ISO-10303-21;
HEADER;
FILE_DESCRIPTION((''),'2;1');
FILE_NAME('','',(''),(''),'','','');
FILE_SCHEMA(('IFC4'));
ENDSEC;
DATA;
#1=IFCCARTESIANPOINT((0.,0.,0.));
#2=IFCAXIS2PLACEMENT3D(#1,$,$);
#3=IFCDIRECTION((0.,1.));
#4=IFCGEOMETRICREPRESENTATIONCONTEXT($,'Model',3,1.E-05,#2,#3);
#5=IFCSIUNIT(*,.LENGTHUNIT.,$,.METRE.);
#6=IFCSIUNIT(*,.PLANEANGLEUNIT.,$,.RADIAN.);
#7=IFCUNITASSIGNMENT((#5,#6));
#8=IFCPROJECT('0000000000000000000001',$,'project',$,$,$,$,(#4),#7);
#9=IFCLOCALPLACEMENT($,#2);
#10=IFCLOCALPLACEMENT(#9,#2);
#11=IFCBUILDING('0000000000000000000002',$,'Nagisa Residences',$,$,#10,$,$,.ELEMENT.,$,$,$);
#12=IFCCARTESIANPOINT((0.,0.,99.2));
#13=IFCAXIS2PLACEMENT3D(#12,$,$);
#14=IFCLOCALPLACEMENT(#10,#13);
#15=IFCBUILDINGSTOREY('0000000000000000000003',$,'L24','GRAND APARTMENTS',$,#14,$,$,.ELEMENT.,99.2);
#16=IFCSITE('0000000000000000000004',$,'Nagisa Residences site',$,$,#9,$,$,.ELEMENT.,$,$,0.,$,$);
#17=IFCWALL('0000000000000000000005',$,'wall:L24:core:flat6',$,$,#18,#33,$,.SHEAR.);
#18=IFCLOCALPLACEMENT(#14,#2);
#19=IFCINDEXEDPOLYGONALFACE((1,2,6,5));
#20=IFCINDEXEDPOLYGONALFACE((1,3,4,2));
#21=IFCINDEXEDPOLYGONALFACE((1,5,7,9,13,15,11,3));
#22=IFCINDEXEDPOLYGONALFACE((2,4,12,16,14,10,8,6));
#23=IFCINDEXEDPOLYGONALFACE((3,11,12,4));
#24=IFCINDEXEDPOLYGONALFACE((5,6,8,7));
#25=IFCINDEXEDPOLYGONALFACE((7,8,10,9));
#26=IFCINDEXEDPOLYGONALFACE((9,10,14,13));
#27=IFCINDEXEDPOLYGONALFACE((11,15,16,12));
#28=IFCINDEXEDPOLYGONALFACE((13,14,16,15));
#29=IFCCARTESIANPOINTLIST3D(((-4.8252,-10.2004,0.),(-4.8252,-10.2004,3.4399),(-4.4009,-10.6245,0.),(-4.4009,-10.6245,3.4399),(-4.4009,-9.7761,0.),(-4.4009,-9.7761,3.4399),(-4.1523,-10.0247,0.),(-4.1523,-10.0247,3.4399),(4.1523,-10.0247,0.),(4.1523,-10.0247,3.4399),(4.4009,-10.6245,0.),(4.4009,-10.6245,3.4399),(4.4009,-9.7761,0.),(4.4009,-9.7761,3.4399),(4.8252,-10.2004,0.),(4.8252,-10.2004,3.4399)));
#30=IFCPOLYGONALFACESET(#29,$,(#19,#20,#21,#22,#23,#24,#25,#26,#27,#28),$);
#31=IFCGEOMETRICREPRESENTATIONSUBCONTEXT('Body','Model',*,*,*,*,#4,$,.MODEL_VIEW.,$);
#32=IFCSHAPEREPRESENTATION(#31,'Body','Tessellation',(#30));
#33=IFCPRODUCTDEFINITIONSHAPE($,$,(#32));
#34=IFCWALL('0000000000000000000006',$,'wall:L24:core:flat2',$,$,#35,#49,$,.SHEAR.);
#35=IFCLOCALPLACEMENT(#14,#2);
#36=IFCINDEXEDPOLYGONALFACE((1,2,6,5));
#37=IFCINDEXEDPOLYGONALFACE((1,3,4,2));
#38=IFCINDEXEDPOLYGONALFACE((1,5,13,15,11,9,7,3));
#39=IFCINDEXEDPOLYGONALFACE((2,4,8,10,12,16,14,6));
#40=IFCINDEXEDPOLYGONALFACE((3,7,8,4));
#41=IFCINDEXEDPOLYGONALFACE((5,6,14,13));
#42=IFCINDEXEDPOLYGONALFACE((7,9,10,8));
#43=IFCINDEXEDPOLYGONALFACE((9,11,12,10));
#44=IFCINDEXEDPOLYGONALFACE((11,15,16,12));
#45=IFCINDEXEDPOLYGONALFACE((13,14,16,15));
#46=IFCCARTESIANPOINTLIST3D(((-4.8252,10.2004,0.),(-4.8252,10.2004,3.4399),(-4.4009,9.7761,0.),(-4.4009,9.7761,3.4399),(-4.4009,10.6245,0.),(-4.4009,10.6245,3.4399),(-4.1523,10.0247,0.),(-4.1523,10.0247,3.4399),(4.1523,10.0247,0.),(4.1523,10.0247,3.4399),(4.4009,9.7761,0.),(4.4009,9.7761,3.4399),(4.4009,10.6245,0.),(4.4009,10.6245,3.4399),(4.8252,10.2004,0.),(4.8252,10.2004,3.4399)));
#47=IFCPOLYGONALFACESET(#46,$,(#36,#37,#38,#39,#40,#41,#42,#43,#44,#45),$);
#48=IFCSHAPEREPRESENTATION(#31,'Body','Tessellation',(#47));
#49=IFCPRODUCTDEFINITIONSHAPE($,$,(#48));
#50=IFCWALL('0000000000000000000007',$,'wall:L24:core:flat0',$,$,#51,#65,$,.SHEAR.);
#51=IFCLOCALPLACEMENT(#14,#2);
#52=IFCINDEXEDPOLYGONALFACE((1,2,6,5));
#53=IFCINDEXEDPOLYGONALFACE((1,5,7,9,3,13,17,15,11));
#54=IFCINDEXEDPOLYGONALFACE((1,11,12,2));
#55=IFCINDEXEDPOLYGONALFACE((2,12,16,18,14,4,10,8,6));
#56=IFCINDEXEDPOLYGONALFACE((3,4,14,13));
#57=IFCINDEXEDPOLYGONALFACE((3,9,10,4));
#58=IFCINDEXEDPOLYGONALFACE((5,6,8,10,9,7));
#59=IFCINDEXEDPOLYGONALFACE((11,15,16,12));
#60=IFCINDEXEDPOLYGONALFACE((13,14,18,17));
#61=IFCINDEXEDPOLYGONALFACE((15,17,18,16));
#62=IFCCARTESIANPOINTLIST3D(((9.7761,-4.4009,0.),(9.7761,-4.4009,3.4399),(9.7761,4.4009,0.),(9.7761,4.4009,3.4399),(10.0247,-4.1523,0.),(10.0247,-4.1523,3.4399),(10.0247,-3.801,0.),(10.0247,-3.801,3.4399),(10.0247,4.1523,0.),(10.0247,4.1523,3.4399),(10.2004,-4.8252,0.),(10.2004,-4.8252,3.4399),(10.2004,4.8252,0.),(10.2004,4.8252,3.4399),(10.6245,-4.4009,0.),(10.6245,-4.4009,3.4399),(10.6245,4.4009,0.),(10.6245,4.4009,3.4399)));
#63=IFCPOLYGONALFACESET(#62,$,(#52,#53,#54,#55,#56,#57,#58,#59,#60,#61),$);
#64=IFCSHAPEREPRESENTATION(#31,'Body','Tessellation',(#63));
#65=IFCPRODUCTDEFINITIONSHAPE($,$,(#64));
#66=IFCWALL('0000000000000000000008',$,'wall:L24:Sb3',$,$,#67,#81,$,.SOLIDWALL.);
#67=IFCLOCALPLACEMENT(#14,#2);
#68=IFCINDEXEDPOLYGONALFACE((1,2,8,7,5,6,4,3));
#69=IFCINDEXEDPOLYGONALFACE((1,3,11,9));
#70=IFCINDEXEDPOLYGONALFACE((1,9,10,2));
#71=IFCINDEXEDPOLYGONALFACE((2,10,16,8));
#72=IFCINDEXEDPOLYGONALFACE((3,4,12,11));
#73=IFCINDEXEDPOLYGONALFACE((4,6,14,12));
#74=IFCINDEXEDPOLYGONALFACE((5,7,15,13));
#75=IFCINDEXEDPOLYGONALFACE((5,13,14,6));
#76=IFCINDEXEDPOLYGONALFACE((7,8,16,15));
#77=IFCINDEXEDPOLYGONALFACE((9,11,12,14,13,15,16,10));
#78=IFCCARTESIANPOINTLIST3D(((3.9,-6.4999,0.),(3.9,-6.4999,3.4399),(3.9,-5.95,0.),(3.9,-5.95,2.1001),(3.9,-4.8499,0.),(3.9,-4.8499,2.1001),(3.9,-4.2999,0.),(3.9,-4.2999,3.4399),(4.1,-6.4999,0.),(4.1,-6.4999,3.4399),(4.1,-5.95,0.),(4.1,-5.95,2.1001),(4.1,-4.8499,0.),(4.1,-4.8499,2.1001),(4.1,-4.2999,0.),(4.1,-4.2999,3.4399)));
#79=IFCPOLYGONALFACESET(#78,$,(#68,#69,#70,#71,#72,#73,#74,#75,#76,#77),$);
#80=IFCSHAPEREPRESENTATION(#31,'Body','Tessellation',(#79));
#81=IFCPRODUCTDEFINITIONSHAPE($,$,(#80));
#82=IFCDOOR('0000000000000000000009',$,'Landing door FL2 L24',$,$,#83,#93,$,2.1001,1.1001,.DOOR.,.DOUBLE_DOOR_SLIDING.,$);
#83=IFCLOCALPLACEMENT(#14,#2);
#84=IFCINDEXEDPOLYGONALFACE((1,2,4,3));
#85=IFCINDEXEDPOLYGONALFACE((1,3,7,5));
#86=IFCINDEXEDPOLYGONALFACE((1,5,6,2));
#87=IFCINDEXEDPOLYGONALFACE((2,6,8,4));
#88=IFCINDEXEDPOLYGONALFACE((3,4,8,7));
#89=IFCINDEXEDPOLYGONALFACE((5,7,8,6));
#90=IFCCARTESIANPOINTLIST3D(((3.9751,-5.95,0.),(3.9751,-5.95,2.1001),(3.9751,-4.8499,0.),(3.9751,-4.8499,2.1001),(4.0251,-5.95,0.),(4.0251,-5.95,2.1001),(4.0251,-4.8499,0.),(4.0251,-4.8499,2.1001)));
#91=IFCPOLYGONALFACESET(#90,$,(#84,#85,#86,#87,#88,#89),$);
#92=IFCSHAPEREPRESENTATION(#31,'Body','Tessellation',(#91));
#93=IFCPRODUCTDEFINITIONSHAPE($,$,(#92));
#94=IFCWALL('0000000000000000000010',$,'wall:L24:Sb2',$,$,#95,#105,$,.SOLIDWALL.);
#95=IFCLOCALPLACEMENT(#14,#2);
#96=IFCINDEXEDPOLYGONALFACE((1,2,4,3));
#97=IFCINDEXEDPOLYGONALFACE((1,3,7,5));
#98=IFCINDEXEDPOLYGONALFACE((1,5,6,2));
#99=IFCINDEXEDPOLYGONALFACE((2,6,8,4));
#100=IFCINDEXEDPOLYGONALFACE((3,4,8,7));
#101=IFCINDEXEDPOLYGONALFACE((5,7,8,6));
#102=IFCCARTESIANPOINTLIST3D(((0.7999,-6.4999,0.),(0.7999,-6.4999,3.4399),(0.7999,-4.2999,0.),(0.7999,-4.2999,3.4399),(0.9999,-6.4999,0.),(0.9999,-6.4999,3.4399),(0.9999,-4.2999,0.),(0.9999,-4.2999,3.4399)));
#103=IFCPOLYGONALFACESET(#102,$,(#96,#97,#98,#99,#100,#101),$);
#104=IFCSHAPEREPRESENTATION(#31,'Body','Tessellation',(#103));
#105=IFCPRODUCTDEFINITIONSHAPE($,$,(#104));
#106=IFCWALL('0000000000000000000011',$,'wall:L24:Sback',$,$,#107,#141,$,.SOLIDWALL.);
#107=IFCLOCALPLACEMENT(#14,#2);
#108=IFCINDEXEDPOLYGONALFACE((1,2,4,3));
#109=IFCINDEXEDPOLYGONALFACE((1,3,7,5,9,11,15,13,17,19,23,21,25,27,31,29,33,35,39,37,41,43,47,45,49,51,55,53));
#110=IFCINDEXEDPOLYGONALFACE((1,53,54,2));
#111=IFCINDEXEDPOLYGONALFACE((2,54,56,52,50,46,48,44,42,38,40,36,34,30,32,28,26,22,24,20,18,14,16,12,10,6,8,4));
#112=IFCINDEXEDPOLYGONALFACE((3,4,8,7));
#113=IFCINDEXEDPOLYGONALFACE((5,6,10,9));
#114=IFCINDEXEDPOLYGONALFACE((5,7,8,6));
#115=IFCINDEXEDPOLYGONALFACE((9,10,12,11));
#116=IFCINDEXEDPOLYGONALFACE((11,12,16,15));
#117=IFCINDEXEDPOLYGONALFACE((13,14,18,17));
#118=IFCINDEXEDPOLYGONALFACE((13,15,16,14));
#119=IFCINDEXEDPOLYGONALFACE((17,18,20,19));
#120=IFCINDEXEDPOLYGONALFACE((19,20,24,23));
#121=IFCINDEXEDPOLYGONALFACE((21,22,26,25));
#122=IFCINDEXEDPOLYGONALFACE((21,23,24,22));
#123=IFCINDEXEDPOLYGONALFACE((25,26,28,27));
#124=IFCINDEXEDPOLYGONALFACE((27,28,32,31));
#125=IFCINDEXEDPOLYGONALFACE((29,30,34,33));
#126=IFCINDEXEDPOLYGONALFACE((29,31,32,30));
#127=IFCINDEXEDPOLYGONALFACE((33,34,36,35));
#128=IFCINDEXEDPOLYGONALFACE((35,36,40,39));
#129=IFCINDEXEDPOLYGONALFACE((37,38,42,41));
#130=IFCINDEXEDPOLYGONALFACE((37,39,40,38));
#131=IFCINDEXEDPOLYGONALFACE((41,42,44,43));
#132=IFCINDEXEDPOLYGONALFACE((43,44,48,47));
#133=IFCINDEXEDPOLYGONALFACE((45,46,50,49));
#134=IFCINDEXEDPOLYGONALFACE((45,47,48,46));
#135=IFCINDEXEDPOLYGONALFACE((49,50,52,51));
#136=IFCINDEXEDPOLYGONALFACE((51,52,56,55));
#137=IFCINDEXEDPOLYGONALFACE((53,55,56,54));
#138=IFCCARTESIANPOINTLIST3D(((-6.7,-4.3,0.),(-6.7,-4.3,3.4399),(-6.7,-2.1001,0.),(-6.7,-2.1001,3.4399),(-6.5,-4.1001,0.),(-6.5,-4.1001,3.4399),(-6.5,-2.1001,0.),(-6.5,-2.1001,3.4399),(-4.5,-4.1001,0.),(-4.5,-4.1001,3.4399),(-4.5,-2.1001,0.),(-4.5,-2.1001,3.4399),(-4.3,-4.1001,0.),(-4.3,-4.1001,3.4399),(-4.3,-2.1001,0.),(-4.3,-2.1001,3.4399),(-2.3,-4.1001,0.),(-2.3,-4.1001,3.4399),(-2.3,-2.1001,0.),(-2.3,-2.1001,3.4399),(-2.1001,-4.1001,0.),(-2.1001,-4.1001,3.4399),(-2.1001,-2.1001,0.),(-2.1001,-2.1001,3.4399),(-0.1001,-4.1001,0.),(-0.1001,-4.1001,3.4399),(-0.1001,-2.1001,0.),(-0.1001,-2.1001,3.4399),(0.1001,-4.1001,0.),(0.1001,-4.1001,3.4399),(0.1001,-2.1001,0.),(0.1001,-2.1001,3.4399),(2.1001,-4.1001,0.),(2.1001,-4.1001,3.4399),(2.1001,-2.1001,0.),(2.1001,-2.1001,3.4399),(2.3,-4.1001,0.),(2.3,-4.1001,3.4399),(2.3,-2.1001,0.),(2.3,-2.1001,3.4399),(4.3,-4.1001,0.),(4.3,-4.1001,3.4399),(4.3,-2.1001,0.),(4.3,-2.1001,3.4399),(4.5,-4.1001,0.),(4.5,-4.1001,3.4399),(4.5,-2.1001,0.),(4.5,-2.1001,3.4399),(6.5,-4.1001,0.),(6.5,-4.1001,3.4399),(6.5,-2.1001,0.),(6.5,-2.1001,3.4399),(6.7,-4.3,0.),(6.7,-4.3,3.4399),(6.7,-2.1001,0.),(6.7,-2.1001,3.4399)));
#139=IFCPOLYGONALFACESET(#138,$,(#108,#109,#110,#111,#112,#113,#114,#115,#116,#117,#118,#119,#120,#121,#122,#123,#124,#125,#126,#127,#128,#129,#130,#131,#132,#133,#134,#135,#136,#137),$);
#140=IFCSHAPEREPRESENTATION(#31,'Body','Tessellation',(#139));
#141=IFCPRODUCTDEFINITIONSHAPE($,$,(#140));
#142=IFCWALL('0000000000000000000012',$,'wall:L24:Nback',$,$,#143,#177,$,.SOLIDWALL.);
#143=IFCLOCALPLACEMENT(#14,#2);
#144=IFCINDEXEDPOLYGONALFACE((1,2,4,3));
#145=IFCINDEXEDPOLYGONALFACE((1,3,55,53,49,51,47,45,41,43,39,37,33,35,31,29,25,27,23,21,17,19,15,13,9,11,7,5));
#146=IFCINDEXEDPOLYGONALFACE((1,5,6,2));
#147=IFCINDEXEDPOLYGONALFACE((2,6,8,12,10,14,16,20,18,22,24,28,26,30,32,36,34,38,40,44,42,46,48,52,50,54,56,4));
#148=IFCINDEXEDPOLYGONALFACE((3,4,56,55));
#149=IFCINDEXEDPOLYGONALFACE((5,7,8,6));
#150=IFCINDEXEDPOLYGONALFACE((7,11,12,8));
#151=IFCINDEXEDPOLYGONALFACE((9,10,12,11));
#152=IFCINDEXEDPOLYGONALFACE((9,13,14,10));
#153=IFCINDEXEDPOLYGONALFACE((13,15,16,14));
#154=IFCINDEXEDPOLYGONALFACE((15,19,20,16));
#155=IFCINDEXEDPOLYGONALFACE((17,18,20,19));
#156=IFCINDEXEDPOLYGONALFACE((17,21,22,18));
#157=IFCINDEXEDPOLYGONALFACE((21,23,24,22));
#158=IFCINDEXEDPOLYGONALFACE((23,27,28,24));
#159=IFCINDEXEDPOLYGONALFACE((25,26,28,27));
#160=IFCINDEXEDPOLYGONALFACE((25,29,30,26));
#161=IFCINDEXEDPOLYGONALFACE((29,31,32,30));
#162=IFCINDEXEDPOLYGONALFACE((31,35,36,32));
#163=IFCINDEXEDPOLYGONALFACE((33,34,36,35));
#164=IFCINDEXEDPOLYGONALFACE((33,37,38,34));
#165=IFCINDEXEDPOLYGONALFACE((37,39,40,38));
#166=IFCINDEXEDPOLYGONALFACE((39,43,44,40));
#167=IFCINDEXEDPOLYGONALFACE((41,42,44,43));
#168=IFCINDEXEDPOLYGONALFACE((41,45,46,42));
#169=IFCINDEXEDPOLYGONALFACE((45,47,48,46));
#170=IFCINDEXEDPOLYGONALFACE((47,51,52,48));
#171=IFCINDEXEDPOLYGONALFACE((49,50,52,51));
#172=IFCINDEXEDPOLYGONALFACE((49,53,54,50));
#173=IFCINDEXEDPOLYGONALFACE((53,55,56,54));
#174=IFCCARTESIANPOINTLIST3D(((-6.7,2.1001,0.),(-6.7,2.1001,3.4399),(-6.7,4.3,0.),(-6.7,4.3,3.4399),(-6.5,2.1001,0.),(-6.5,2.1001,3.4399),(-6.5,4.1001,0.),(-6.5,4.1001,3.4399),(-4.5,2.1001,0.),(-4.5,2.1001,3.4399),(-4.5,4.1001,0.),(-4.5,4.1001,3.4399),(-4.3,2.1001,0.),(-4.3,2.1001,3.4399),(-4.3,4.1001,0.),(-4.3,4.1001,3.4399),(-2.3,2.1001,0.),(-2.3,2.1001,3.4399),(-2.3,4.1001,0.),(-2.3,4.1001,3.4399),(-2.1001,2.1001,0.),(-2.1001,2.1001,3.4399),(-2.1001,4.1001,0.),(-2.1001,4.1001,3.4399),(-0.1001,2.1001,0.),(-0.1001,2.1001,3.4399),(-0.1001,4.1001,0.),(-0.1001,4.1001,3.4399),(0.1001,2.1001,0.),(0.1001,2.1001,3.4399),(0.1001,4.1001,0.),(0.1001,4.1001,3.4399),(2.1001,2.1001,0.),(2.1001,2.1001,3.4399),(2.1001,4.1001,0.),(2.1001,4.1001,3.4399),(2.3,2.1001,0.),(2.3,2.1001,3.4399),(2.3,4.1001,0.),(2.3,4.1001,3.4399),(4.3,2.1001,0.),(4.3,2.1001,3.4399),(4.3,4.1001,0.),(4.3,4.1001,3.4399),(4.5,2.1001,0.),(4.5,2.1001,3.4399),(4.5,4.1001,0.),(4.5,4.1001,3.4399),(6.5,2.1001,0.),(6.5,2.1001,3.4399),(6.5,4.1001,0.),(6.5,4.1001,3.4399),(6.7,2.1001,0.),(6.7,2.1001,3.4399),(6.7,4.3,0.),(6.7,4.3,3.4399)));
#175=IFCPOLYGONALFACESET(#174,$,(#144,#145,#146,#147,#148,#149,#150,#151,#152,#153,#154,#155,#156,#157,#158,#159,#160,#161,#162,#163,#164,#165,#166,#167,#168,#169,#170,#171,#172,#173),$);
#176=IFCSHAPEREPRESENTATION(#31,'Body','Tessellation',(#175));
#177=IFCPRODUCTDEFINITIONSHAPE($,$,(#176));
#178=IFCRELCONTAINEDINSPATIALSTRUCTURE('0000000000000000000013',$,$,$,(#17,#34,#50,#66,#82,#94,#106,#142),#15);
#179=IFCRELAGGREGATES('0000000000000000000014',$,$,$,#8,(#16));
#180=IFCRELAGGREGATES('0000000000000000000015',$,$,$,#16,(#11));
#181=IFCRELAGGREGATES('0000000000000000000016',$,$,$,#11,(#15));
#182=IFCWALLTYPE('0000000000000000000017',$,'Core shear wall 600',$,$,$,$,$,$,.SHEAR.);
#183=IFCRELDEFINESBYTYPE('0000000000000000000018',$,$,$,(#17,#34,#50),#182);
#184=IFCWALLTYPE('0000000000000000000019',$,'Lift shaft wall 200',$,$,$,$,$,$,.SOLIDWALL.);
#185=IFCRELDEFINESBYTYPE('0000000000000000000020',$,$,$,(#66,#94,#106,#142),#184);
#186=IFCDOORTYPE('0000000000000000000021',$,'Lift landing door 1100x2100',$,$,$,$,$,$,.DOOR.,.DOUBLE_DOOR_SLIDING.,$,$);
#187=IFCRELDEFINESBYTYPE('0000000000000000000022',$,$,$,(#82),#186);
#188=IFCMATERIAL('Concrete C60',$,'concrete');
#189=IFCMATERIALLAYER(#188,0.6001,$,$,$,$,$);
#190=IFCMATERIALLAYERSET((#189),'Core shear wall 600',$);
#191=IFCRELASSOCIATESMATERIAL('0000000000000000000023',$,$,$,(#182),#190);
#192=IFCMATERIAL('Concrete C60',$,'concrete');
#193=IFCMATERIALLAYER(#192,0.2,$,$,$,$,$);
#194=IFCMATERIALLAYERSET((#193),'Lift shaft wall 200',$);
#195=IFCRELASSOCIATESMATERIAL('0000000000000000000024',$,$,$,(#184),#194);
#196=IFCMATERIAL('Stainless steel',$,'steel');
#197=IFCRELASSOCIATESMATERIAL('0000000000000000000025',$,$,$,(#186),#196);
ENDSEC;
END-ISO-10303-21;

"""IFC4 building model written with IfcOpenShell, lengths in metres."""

from ifc_helpers import new_model, si_unit, direction, frame, frame_2d, origin, place, context, subcontext, project, spatial, polyline, rectangle, outline, extrude, material, layer, layer_set, type_object, element, fill, save


model = new_model("IFC4")

# Units and contexts
model_context = context("Model", 3, precision=1e-05, world=origin(), true_north=direction((0.0, 1.0)))
body_context = subcontext(model_context, "Body", "Model", "MODEL_VIEW")
ifc_project = project(units=[si_unit("LENGTHUNIT", "METRE"), si_unit("PLANEANGLEUNIT", "RADIAN")], contexts=[model_context])

# Site, building, storey
site_placement = place(None, origin())
site = spatial("IfcSite", under=ifc_project, at=site_placement, Name="Nagisa Residences site", CompositionType="ELEMENT", RefElevation=0.0)
building_placement = place(site_placement, origin())
building = spatial("IfcBuilding", under=site, at=building_placement, Name="Nagisa Residences", CompositionType="ELEMENT")
storey_placement = place(building_placement, frame((0.0, 0.0, 99.2)))
storey = spatial("IfcBuildingStorey", under=building, at=storey_placement, Name="L24", Description="GRAND APARTMENTS", CompositionType="ELEMENT", Elevation=99.2)

# Walls
ifc_material_1 = material(Name="Concrete C60", Category="concrete")
ifc_layer_1 = layer(ifc_material_1, 0.6001)
ifc_layer_set_1 = layer_set([ifc_layer_1], Name="Core shear wall 600")
wall_type_1 = type_object("IfcWallType", Name="Core shear wall 600", PredefinedType="SHEAR", material=ifc_layer_set_1)
wall_1_placement = place(storey_placement, origin())
element("IfcWall", 1, at=wall_1_placement, inside=storey, type_object=wall_type_1, Name="wall:L24:core:flat6", PredefinedType="SHEAR", context=body_context, shape_type="SweptSolid", body=[
    extrude(outline(polyline([(-4.1523, -10.0247), (4.1523, -10.0247), (4.4009, -9.7761), (4.8252, -10.2004), (4.4009, -10.6245), (-4.4009, -10.6245), (-4.8252, -10.2004), (-4.4009, -9.7761), (-4.1523, -10.0247)])), origin(), (0.0, 0.0, 1.0), 3.4399),
])
wall_2_placement = place(storey_placement, origin())
element("IfcWall", 2, at=wall_2_placement, inside=storey, type_object=wall_type_1, Name="wall:L24:core:flat2", PredefinedType="SHEAR", context=body_context, shape_type="SweptSolid", body=[
    extrude(outline(polyline([(-4.1523, 10.0247), (-4.4009, 9.7761), (-4.8252, 10.2004), (-4.4009, 10.6245), (4.4009, 10.6245), (4.8252, 10.2004), (4.4009, 9.7761), (4.1523, 10.0247), (-4.1523, 10.0247)])), origin(), (0.0, 0.0, 1.0), 3.4399),
])
wall_3_placement = place(storey_placement, origin())
element("IfcWall", 3, at=wall_3_placement, inside=storey, type_object=wall_type_1, Name="wall:L24:core:flat0", PredefinedType="SHEAR", context=body_context, shape_type="SweptSolid", body=[
    extrude(outline(polyline([(9.7761, -4.4009), (10.0247, -4.1523), (10.0247, -3.801), (10.0247, 4.1523), (9.7761, 4.4009), (10.2004, 4.8252), (10.6245, 4.4009), (10.6245, -4.4009), (10.2004, -4.8252), (9.7761, -4.4009)])), origin(), (0.0, 0.0, 1.0), 3.4399),
])

# Wall, opening, door
ifc_material_2 = material(Name="Concrete C60", Category="concrete")
ifc_layer_2 = layer(ifc_material_2, 0.2)
ifc_layer_set_2 = layer_set([ifc_layer_2], Name="Lift shaft wall 200")
wall_type_2 = type_object("IfcWallType", Name="Lift shaft wall 200", PredefinedType="SOLIDWALL", material=ifc_layer_set_2)
wall_4_placement = place(storey_placement, frame((4.0, -6.5, 0.0), z_axis=(0.0, 0.0, 1.0), x_axis=(0.0, 1.0, 0.0)))
wall_4 = element("IfcWall", 4, at=wall_4_placement, inside=storey, type_object=wall_type_2, Name="wall:L24:Sb3", PredefinedType="SOLIDWALL", context=body_context, shape_type="SweptSolid", body=[
    extrude(rectangle(XDim=2.2, YDim=0.2, at=frame_2d((1.1001, 0.0))), origin(), (0.0, 0.0, 1.0), 3.4399),
])
opening_1_placement = place(wall_4_placement, frame((0.55, 0.0, 0.0)))
opening_1 = element("IfcOpeningElement", 5, at=opening_1_placement, cuts=wall_4, PredefinedType="OPENING", context=body_context, shape_type="SweptSolid", body=[
    extrude(rectangle(XDim=1.1001, YDim=2.1001, at=frame_2d((0.55, 1.05))), frame((0.0, 0.1099, 0.0), z_axis=(0.0, -1.0, 0.0), x_axis=(1.0, 0.0, 0.0)), (0.0, 0.0, 1.0), 0.22),
])
ifc_material_3 = material(Name="Stainless steel", Category="steel")
door_type_1 = type_object("IfcDoorType", Name="Lift landing door 1100x2100", OperationType="DOUBLE_DOOR_SLIDING", PredefinedType="DOOR", material=ifc_material_3)
door_1_placement = place(opening_1_placement, origin())
door_1 = element("IfcDoor", 6, at=door_1_placement, inside=storey, type_object=door_type_1, Name="Landing door FL2 L24", OperationType="DOUBLE_DOOR_SLIDING", OverallHeight=2.1001, OverallWidth=1.1001, PredefinedType="DOOR", context=body_context, shape_type="SweptSolid", body=[
    extrude(rectangle(XDim=1.1001, YDim=2.1001, at=frame_2d((0.55, 1.05))), frame((0.0, 0.0249, 0.0), z_axis=(0.0, -1.0, 0.0), x_axis=(1.0, 0.0, 0.0)), (0.0, 0.0, 1.0), 0.05),
])
fill(opening_1, door_1)

# Walls
wall_5_placement = place(storey_placement, frame((0.8999, -6.5, 0.0), z_axis=(0.0, 0.0, 1.0), x_axis=(0.0, 1.0, 0.0)))
element("IfcWall", 7, at=wall_5_placement, inside=storey, type_object=wall_type_2, Name="wall:L24:Sb2", PredefinedType="SOLIDWALL", context=body_context, shape_type="SweptSolid", body=[
    extrude(rectangle(XDim=2.2, YDim=0.2, at=frame_2d((1.1001, 0.0))), origin(), (0.0, 0.0, 1.0), 3.4399),
])
wall_6_placement = place(storey_placement, origin())
element("IfcWall", 8, at=wall_6_placement, inside=storey, type_object=wall_type_2, Name="wall:L24:Sback", PredefinedType="SOLIDWALL", context=body_context, shape_type="SweptSolid", body=[
    extrude(outline(polyline([(-6.7, -2.1001), (-6.5, -2.1001), (-6.5, -4.1001), (-4.5, -4.1001), (-4.5, -2.1001), (-4.3, -2.1001), (-4.3, -4.1001), (-2.3, -4.1001), (-2.3, -2.1001), (-2.1001, -2.1001), (-2.1001, -4.1001), (-0.1001, -4.1001), (-0.1001, -2.1001), (0.1001, -2.1001), (0.1001, -4.1001), (2.1001, -4.1001), (2.1001, -2.1001), (2.3, -2.1001), (2.3, -4.1001), (4.3, -4.1001), (4.3, -2.1001), (4.5, -2.1001), (4.5, -4.1001), (6.5, -4.1001), (6.5, -2.1001), (6.7, -2.1001), (6.7, -4.3), (-6.7, -4.3), (-6.7, -2.1001)])), origin(), (0.0, 0.0, 1.0), 3.4399),
])
wall_7_placement = place(storey_placement, origin())
element("IfcWall", 9, at=wall_7_placement, inside=storey, type_object=wall_type_2, Name="wall:L24:Nback", PredefinedType="SOLIDWALL", context=body_context, shape_type="SweptSolid", body=[
    extrude(outline(polyline([(-6.5, 2.1001), (-6.7, 2.1001), (-6.7, 4.3), (6.7, 4.3), (6.7, 2.1001), (6.5, 2.1001), (6.5, 4.1001), (4.5, 4.1001), (4.5, 2.1001), (4.3, 2.1001), (4.3, 4.1001), (2.3, 4.1001), (2.3, 2.1001), (2.1001, 2.1001), (2.1001, 4.1001), (0.1001, 4.1001), (0.1001, 2.1001), (-0.1001, 2.1001), (-0.1001, 4.1001), (-2.1001, 4.1001), (-2.1001, 2.1001), (-2.3, 2.1001), (-2.3, 4.1001), (-4.3, 4.1001), (-4.3, 2.1001), (-4.5, 2.1001), (-4.5, 4.1001), (-6.5, 4.1001), (-6.5, 2.1001)])), origin(), (0.0, 0.0, 1.0), 3.4399),
])

save(model, "model.ifc")
